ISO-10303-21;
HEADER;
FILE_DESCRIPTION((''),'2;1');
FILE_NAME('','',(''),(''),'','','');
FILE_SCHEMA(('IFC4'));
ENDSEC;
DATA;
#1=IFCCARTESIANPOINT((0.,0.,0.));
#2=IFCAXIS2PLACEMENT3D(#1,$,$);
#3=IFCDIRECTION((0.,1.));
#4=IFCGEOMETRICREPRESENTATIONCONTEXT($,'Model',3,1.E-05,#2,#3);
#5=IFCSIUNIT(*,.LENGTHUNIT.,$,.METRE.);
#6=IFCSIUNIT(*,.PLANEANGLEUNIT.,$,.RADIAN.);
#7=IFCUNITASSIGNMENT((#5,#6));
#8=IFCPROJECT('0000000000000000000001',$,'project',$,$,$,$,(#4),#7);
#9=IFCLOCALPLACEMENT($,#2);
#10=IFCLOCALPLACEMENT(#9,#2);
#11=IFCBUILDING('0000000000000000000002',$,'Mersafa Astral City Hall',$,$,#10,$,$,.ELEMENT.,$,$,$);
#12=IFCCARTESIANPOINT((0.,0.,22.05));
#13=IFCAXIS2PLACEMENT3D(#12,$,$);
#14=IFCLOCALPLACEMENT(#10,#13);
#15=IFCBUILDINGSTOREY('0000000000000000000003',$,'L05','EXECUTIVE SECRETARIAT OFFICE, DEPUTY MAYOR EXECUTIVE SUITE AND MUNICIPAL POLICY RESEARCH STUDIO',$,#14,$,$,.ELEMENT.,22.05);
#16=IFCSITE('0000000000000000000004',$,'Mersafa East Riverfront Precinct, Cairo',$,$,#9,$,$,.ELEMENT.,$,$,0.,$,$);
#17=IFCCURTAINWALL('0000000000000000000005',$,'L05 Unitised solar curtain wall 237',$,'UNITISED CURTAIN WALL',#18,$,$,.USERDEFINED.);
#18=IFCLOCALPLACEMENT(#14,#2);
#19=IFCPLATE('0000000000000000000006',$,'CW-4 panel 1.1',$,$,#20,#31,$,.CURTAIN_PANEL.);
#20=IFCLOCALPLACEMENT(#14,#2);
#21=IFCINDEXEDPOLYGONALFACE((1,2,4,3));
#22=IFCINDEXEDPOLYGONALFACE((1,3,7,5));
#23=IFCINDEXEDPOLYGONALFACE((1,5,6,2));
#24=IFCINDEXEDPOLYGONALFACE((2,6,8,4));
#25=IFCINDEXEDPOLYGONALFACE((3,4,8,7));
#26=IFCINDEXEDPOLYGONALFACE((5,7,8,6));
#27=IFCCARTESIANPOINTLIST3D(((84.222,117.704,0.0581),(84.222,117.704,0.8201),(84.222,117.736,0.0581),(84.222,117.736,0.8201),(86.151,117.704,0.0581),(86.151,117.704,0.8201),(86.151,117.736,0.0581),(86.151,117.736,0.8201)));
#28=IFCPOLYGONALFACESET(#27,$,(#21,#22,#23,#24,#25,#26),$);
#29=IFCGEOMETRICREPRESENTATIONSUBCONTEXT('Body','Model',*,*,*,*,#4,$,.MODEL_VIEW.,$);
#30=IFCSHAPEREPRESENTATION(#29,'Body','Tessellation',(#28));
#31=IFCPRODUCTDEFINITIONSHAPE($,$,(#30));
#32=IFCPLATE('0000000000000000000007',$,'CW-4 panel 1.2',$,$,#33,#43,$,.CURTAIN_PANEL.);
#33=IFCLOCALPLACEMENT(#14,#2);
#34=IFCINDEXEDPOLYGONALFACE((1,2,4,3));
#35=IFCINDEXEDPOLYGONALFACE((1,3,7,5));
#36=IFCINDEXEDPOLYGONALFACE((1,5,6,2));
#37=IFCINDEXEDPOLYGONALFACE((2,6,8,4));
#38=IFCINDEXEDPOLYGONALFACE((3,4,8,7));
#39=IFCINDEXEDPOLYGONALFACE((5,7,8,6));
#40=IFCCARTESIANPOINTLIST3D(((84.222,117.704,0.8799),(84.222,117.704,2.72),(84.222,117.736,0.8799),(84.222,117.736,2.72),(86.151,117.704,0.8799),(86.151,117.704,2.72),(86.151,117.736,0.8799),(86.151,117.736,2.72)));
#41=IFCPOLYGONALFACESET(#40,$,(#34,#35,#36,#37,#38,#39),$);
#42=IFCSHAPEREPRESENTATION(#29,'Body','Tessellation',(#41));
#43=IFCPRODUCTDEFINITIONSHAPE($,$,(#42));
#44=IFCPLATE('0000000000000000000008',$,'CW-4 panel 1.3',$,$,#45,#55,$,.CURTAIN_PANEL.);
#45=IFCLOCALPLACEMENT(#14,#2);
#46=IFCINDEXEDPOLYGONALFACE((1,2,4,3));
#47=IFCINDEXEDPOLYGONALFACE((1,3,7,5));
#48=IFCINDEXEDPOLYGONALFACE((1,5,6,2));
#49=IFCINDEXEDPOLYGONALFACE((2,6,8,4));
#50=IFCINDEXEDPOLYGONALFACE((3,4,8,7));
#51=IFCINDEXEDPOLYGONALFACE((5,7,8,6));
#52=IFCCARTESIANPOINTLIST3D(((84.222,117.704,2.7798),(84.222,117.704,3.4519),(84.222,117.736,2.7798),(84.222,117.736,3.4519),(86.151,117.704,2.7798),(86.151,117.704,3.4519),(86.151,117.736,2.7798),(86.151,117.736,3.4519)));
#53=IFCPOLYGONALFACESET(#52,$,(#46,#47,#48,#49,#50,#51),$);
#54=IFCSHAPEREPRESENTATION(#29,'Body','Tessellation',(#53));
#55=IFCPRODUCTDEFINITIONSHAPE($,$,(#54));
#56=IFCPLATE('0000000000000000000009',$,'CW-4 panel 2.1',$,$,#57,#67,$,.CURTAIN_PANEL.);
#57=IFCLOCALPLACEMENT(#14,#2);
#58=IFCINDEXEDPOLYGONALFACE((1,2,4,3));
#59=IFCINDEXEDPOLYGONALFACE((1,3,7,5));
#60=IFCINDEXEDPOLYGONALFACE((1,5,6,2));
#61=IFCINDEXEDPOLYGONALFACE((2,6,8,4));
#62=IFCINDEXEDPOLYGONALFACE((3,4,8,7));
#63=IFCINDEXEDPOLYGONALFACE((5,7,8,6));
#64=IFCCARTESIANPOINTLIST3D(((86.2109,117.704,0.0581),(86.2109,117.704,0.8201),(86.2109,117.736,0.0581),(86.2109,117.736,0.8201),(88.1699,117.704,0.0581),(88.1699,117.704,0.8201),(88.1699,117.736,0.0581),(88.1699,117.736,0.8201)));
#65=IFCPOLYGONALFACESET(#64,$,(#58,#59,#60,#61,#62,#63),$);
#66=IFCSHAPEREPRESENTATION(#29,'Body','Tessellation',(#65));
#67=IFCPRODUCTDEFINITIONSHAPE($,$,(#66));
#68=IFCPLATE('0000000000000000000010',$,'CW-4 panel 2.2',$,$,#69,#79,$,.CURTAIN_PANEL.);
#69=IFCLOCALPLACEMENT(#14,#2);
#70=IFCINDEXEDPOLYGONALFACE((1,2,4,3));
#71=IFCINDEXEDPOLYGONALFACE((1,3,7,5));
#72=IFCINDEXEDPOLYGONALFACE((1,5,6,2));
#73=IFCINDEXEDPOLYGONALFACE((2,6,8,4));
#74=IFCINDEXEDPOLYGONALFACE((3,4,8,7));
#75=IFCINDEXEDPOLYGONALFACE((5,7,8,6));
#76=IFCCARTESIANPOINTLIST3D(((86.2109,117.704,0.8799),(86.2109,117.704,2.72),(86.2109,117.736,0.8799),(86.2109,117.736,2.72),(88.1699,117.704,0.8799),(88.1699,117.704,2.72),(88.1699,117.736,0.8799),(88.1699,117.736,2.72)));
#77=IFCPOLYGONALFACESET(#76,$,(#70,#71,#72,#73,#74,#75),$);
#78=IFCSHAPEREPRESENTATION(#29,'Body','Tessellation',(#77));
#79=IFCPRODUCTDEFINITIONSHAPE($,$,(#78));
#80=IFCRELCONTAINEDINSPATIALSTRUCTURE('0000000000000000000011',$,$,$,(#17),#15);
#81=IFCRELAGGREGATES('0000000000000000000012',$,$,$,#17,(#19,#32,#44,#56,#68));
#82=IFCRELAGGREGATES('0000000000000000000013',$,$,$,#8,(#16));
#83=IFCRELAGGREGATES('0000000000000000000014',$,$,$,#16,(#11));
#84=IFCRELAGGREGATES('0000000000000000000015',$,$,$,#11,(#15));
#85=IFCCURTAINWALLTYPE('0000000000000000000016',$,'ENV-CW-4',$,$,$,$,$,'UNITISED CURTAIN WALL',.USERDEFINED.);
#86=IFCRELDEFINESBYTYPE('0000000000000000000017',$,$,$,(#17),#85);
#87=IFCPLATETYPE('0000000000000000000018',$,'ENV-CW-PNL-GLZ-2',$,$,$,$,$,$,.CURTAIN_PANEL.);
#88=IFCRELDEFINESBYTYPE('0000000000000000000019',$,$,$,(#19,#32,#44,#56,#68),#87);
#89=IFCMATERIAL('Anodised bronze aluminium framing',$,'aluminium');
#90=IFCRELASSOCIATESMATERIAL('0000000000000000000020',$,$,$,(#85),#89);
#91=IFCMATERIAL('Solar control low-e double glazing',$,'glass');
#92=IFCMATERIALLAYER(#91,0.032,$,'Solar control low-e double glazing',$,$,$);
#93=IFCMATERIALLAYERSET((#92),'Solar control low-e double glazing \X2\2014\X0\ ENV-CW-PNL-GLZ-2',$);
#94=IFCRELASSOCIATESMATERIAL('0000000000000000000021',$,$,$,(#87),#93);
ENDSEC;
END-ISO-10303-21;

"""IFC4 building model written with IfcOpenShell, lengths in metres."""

from ifc_helpers import new_model, si_unit, direction, frame, origin, origin_2d, place, context, subcontext, project, spatial, rectangle, extrude, material, layer, layer_set, type_object, element, aggregate, save


model = new_model("IFC4")

# Units and contexts
model_context = context("Model", 3, precision=1e-05, world=origin(), true_north=direction((0.0, 1.0)))
body_context = subcontext(model_context, "Body", "Model", "MODEL_VIEW")
ifc_project = project(units=[si_unit("LENGTHUNIT", "METRE"), si_unit("PLANEANGLEUNIT", "RADIAN")], contexts=[model_context])

# Site, building, storey
site_placement = place(None, origin())
site = spatial("IfcSite", under=ifc_project, at=site_placement, Name="Mersafa East Riverfront Precinct, Cairo", CompositionType="ELEMENT", RefElevation=0.0)
building_placement = place(site_placement, origin())
building = spatial("IfcBuilding", under=site, at=building_placement, Name="Mersafa Astral City Hall", CompositionType="ELEMENT")
storey_placement = place(building_placement, frame((0.0, 0.0, 22.05)))
storey = spatial("IfcBuildingStorey", under=building, at=storey_placement, Name="L05", Description="EXECUTIVE SECRETARIAT OFFICE, DEPUTY MAYOR EXECUTIVE SUITE AND MUNICIPAL POLICY RESEARCH STUDIO", CompositionType="ELEMENT", Elevation=22.05)

# Curtain wall
ifc_material_1 = material(Name="Anodised bronze aluminium framing", Category="aluminium")
curtain_wall_type_1 = type_object("IfcCurtainWallType", Name="ENV-CW-4", ElementType="UNITISED CURTAIN WALL", PredefinedType="USERDEFINED", material=ifc_material_1)
curtain_wall_1_placement = place(storey_placement, origin())
curtain_wall_1 = element("IfcCurtainWall", 1, at=curtain_wall_1_placement, inside=storey, type_object=curtain_wall_type_1, Name="L05 Unitised solar curtain wall 237", ObjectType="UNITISED CURTAIN WALL", PredefinedType="USERDEFINED")

# Plates
ifc_material_2 = material(Name="Solar control low-e double glazing", Category="glass")
ifc_layer_1 = layer(ifc_material_2, 0.032, Name="Solar control low-e double glazing")
ifc_layer_set_1 = layer_set([ifc_layer_1], Name="Solar control low-e double glazing — ENV-CW-PNL-GLZ-2")
plate_type_1 = type_object("IfcPlateType", Name="ENV-CW-PNL-GLZ-2", PredefinedType="CURTAIN_PANEL", material=ifc_layer_set_1)
plate_1_placement = place(storey_placement, frame((85.1865, 117.72, 0.0581), z_axis=(0.0, 0.0, 1.0), x_axis=(1.0, 0.0, 0.0)))
plate_1 = element("IfcPlate", 2, at=plate_1_placement, type_object=plate_type_1, Name="CW-4 panel 1.1", PredefinedType="CURTAIN_PANEL", context=body_context, shape_type="SweptSolid", body=[
    extrude(rectangle(XDim=1.929, YDim=0.032, at=origin_2d()), origin(), (0.0, 0.0, 1.0), 0.762),
])
plate_2_placement = place(storey_placement, frame((85.1865, 117.72, 0.8799), z_axis=(0.0, 0.0, 1.0), x_axis=(1.0, 0.0, 0.0)))
plate_2 = element("IfcPlate", 3, at=plate_2_placement, type_object=plate_type_1, Name="CW-4 panel 1.2", PredefinedType="CURTAIN_PANEL", context=body_context, shape_type="SweptSolid", body=[
    extrude(rectangle(XDim=1.929, YDim=0.032, at=origin_2d()), origin(), (0.0, 0.0, 1.0), 1.8401),
])
plate_3_placement = place(storey_placement, frame((85.1865, 117.72, 2.7798), z_axis=(0.0, 0.0, 1.0), x_axis=(1.0, 0.0, 0.0)))
plate_3 = element("IfcPlate", 4, at=plate_3_placement, type_object=plate_type_1, Name="CW-4 panel 1.3", PredefinedType="CURTAIN_PANEL", context=body_context, shape_type="SweptSolid", body=[
    extrude(rectangle(XDim=1.929, YDim=0.032, at=origin_2d()), origin(), (0.0, 0.0, 1.0), 0.6721),
])
plate_4_placement = place(storey_placement, frame((87.1904, 117.72, 0.0581), z_axis=(0.0, 0.0, 1.0), x_axis=(1.0, 0.0, 0.0)))
plate_4 = element("IfcPlate", 5, at=plate_4_placement, type_object=plate_type_1, Name="CW-4 panel 2.1", PredefinedType="CURTAIN_PANEL", context=body_context, shape_type="SweptSolid", body=[
    extrude(rectangle(XDim=1.959, YDim=0.032, at=origin_2d()), origin(), (0.0, 0.0, 1.0), 0.762),
])
plate_5_placement = place(storey_placement, frame((87.1904, 117.72, 0.8799), z_axis=(0.0, 0.0, 1.0), x_axis=(1.0, 0.0, 0.0)))
plate_5 = element("IfcPlate", 6, at=plate_5_placement, type_object=plate_type_1, Name="CW-4 panel 2.2", PredefinedType="CURTAIN_PANEL", context=body_context, shape_type="SweptSolid", body=[
    extrude(rectangle(XDim=1.959, YDim=0.032, at=origin_2d()), origin(), (0.0, 0.0, 1.0), 1.8401),
])
aggregate(curtain_wall_1, [plate_1, plate_2, plate_3, plate_4, plate_5])

save(model, "model.ifc")
